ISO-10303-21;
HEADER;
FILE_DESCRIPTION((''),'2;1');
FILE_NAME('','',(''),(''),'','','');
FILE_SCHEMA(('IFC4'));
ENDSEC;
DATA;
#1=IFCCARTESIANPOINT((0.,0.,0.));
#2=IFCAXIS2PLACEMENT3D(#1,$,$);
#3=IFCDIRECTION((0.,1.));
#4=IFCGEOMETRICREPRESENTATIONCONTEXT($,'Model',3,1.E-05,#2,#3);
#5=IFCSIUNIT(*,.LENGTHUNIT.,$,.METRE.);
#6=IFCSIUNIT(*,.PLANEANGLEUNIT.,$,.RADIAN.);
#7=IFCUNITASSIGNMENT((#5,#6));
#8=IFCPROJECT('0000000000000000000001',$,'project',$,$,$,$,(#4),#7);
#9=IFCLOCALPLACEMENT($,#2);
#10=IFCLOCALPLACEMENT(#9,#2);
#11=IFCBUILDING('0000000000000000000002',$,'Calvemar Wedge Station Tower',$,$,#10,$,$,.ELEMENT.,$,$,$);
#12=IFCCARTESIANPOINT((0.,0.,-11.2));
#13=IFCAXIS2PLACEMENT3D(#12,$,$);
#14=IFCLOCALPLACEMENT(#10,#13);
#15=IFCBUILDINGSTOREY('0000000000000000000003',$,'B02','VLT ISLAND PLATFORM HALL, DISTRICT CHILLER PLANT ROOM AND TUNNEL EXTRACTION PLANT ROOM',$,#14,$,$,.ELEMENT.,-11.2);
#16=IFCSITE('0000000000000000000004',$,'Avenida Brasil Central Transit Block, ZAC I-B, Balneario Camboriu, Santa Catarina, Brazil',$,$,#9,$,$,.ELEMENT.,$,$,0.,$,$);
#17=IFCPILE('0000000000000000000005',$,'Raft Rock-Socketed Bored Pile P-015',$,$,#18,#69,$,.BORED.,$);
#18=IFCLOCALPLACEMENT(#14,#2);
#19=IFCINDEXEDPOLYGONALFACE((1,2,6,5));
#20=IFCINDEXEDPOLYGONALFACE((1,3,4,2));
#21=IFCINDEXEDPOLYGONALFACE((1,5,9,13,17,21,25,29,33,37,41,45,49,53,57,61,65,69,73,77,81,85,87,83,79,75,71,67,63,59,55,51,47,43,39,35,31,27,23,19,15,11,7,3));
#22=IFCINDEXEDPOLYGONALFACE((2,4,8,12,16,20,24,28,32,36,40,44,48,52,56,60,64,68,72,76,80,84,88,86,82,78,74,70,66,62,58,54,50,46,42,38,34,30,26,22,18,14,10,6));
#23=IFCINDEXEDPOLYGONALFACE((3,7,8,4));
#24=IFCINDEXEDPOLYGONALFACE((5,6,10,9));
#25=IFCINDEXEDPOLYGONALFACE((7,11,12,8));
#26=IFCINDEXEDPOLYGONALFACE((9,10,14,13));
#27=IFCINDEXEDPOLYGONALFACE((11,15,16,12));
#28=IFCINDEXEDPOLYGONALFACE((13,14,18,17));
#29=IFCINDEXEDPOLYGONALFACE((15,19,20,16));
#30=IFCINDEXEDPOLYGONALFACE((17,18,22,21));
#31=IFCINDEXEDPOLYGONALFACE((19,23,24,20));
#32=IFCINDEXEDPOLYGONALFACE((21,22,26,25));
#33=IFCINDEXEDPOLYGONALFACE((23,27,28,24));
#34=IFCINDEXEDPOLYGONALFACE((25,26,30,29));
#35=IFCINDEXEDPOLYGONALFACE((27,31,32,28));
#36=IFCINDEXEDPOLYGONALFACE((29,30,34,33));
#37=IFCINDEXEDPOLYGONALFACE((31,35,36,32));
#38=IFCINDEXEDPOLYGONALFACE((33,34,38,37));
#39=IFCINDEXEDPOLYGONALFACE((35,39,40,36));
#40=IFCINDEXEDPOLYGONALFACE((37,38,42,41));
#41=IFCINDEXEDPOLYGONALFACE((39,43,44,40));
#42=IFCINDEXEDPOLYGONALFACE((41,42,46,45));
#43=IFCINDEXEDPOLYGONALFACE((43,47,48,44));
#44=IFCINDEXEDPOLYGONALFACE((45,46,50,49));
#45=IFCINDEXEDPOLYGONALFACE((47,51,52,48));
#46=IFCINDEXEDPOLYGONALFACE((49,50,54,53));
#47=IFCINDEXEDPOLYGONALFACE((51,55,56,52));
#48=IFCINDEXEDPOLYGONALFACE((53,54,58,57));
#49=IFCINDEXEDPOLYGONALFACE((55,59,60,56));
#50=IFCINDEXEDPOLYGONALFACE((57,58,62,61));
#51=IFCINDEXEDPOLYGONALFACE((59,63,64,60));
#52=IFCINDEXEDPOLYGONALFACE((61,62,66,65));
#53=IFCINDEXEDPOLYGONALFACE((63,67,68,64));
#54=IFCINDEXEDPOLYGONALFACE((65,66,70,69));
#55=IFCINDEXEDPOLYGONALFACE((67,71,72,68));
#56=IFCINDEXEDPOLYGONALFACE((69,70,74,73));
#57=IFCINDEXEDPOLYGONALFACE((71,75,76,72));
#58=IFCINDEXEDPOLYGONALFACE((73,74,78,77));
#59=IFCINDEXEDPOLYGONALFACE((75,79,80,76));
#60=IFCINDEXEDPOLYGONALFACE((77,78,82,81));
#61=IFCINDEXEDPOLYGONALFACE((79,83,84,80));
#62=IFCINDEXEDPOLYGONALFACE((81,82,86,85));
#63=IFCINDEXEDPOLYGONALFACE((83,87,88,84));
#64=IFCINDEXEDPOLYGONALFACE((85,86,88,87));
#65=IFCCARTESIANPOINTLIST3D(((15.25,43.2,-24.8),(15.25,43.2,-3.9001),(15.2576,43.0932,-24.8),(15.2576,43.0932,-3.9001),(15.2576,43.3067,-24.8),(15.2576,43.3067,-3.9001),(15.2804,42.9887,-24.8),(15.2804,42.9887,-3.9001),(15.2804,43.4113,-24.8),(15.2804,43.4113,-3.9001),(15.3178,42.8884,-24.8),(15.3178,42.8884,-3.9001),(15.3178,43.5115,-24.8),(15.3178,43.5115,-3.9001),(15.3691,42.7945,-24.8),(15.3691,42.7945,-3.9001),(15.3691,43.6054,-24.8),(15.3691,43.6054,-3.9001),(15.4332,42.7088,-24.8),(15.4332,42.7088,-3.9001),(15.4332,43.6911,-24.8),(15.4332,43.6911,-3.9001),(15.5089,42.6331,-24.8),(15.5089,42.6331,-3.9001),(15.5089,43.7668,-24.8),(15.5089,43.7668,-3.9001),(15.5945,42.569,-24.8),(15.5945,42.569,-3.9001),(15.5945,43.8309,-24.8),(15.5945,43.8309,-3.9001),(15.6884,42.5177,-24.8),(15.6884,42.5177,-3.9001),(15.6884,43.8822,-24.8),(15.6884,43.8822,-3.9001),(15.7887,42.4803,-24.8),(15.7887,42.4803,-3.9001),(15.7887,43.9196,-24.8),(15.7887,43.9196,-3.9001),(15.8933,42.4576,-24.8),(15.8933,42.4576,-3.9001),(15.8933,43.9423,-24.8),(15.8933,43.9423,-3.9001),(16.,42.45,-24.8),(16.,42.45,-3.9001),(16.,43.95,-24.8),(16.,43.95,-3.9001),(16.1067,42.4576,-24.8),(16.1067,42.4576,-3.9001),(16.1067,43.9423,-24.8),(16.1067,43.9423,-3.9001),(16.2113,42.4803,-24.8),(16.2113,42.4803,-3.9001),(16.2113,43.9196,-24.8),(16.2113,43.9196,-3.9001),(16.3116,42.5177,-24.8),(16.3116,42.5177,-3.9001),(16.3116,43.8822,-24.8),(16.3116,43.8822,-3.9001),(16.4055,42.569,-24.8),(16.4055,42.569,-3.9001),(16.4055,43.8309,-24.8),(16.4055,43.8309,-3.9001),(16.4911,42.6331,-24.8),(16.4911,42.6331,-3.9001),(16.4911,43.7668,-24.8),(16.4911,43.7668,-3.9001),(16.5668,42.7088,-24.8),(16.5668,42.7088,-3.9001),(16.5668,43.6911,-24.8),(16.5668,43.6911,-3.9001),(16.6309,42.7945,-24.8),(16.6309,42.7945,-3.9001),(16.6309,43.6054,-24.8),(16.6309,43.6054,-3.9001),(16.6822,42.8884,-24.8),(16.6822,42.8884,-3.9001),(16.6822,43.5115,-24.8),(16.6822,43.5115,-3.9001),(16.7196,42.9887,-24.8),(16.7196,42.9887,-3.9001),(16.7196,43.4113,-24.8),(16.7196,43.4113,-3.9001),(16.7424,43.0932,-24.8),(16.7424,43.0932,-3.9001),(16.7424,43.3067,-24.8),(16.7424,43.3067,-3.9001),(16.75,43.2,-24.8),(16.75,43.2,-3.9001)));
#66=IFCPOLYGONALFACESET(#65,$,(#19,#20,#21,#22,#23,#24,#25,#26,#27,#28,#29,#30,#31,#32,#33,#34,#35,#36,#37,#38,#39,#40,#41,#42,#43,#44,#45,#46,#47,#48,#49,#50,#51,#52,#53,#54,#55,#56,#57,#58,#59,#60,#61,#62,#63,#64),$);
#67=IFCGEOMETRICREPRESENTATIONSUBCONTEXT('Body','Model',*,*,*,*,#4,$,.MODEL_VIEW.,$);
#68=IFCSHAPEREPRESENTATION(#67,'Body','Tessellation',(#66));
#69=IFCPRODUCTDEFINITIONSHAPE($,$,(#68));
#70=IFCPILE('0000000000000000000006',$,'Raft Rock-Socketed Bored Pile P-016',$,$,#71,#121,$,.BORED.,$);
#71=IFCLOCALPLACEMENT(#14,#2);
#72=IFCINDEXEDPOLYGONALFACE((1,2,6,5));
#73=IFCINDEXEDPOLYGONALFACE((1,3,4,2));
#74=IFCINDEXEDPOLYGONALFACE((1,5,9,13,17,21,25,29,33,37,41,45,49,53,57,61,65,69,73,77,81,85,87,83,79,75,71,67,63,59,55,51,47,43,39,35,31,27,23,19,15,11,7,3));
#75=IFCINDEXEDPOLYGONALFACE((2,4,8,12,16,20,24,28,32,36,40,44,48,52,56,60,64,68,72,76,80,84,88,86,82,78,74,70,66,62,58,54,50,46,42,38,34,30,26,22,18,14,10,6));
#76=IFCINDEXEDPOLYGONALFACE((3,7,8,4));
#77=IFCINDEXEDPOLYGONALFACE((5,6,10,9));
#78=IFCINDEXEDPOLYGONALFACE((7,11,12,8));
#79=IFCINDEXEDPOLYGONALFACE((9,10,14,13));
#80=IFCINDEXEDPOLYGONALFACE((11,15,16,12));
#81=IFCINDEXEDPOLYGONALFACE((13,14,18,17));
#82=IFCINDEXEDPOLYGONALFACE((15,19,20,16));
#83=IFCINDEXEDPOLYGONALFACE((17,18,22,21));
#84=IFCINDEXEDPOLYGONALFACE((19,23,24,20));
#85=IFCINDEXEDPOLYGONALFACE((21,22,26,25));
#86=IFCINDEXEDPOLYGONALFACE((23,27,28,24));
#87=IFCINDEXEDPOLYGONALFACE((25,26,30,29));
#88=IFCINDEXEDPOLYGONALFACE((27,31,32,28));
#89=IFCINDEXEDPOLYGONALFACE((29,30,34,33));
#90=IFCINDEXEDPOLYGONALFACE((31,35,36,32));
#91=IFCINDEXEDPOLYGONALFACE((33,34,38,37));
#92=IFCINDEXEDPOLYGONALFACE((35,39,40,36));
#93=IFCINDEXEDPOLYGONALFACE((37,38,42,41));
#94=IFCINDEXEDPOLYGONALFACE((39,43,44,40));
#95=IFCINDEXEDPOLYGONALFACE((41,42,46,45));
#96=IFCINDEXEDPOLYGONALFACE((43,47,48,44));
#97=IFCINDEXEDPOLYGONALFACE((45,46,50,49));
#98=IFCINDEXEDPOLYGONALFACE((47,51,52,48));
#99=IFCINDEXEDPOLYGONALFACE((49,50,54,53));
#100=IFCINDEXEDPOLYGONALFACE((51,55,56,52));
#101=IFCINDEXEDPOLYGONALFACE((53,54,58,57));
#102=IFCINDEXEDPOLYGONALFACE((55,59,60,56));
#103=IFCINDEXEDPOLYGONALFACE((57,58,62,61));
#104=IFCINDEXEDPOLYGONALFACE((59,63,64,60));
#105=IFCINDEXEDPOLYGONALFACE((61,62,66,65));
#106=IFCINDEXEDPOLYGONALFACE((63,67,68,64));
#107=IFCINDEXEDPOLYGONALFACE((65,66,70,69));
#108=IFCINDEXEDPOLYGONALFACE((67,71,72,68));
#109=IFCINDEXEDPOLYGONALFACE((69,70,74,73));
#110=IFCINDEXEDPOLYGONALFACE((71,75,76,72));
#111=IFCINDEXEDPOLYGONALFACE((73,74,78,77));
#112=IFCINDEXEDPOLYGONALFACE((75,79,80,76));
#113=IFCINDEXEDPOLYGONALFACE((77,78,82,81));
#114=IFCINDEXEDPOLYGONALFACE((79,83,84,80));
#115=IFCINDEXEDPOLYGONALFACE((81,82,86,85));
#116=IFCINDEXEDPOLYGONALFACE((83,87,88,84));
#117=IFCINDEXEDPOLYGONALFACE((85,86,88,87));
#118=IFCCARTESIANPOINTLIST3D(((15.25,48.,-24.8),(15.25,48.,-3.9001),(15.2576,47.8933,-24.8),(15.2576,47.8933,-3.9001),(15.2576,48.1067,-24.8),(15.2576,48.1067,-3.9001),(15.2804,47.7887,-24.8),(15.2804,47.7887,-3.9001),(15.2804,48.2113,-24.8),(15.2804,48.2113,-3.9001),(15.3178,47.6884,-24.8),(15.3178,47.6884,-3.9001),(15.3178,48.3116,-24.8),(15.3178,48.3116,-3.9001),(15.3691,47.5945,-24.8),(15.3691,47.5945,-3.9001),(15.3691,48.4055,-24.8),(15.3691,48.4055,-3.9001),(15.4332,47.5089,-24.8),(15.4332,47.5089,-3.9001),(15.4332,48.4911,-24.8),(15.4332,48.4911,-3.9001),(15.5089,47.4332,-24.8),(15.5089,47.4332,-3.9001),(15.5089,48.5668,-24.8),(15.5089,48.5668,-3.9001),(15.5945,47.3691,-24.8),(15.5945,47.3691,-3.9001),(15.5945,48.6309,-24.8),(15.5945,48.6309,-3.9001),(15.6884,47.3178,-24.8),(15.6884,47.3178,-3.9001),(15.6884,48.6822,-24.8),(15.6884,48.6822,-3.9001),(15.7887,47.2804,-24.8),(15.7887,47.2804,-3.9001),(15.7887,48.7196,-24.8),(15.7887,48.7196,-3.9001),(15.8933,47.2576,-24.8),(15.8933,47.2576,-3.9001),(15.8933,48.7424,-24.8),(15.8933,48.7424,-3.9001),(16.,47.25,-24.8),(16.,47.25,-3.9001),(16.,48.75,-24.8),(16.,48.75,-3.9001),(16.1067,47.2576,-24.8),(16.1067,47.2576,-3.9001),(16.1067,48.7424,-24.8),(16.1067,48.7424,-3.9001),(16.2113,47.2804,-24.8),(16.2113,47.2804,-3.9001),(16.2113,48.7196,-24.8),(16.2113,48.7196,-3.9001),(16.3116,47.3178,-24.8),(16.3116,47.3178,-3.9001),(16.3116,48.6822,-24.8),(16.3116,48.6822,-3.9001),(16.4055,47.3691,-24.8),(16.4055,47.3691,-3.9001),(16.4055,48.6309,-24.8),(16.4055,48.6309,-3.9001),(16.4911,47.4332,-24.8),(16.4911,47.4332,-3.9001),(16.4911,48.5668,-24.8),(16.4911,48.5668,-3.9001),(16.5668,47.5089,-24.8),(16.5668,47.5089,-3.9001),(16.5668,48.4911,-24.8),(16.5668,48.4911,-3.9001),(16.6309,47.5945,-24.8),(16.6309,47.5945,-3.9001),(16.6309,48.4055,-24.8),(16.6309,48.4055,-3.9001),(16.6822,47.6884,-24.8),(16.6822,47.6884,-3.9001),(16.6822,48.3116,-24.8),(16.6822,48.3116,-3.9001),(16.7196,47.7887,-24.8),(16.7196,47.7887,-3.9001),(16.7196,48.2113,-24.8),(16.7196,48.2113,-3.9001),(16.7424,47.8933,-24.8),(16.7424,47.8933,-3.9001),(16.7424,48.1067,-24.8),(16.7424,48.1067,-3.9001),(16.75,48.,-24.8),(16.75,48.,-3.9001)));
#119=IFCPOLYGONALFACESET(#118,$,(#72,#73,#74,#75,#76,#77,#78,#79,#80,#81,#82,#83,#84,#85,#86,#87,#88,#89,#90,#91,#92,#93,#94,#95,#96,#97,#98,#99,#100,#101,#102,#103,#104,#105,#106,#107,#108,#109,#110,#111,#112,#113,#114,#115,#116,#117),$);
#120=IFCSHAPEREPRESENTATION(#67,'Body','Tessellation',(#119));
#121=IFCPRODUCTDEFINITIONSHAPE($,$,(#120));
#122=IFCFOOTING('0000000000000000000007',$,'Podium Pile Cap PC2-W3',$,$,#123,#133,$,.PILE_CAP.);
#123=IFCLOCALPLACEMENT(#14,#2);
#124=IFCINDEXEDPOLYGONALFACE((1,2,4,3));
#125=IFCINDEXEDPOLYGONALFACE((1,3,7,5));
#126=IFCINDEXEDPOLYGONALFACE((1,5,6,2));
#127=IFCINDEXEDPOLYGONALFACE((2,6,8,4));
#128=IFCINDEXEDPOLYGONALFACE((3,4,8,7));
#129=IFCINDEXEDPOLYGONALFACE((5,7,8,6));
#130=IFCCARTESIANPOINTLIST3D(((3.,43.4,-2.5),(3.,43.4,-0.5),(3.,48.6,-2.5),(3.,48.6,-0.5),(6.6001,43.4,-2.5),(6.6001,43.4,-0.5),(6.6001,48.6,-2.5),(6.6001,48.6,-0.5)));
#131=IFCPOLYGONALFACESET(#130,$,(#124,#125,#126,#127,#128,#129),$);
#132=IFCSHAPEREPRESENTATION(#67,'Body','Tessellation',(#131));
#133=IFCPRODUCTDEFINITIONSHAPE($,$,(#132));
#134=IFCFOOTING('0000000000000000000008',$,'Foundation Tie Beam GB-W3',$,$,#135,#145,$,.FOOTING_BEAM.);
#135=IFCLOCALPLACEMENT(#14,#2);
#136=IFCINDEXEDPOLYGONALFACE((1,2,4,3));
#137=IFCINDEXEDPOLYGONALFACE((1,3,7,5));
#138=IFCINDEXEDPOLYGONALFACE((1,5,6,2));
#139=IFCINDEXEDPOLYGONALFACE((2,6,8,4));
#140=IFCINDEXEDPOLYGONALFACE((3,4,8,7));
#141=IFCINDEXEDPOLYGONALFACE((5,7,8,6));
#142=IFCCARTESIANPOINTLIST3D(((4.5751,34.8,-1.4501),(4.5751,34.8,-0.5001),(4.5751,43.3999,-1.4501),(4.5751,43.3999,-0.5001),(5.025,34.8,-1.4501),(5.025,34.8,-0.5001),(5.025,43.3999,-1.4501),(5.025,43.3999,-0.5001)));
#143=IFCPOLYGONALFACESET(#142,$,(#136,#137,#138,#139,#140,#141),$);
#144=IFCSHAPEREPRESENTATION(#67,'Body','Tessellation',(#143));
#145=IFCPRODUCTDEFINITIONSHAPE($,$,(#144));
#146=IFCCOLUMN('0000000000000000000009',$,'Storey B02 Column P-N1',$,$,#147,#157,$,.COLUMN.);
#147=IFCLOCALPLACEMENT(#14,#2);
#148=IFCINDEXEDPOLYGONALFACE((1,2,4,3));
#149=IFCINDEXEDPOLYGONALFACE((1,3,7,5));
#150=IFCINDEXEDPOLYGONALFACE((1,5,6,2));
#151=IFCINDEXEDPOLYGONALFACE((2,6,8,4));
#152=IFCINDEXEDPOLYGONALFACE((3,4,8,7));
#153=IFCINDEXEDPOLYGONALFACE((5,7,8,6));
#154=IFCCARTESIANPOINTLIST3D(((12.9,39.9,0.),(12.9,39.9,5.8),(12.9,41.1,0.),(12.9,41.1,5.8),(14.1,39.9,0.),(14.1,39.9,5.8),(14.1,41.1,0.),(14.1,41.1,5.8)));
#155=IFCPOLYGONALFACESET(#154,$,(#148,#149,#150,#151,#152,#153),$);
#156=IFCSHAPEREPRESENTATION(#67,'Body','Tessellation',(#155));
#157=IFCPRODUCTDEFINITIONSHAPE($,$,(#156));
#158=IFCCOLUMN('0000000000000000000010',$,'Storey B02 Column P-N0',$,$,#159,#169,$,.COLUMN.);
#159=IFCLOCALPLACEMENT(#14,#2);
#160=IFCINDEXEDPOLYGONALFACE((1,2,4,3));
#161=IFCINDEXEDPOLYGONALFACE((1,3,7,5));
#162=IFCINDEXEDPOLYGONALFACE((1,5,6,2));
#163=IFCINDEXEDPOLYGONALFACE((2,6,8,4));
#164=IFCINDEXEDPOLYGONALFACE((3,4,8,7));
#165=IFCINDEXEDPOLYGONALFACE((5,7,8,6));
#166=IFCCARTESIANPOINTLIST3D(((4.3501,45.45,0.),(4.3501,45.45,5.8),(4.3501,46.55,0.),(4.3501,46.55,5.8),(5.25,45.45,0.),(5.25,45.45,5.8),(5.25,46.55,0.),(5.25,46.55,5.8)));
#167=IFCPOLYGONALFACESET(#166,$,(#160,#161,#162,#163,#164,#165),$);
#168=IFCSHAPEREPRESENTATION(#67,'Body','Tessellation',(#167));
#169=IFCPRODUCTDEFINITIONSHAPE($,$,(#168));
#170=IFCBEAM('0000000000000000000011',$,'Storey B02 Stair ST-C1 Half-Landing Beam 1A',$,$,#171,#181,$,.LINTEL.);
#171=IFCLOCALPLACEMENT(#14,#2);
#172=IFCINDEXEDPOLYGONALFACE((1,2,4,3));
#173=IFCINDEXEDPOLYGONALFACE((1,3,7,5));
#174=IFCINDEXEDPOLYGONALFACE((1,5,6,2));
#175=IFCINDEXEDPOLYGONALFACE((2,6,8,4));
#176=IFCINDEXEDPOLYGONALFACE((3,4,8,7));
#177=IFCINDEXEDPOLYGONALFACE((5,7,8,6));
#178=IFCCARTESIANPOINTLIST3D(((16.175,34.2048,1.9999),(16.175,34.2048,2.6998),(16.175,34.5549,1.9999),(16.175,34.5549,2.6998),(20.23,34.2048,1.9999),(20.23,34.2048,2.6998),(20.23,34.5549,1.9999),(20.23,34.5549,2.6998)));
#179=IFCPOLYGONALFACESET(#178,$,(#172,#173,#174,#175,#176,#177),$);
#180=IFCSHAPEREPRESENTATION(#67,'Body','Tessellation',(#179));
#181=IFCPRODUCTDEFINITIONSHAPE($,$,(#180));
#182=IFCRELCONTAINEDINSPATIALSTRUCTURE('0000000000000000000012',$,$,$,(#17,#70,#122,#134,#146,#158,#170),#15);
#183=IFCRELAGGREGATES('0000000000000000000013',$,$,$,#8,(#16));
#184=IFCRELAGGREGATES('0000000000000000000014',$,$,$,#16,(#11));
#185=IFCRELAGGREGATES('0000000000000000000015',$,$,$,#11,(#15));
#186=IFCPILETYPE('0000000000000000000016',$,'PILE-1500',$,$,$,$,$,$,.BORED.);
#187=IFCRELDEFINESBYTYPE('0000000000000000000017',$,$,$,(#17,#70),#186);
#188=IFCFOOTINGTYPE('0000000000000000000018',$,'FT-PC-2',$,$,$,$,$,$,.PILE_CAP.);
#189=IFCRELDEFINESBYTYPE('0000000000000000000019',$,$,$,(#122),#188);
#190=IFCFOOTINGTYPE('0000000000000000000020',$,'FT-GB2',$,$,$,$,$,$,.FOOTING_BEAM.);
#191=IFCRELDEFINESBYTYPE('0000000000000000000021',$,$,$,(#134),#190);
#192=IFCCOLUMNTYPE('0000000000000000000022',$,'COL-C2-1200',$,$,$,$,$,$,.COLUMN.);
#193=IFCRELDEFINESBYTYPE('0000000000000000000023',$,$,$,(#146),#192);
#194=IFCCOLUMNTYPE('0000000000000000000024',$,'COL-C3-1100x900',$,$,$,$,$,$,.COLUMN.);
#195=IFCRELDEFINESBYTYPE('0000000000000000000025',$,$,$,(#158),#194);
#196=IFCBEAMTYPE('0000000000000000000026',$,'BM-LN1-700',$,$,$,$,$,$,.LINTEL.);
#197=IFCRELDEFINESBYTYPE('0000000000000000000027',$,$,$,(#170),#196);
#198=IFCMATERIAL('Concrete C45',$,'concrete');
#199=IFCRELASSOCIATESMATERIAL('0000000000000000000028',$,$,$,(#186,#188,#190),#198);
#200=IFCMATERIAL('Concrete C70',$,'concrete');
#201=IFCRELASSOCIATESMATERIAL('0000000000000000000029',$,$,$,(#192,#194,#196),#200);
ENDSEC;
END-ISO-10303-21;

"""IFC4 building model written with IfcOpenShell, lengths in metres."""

from ifc_helpers import new_model, si_unit, direction, frame, origin, origin_2d, place, context, subcontext, project, spatial, rectangle, circle, extrude, source, transform, mapped, material, material_profile, profile_set, type_object, element, save


model = new_model("IFC4")

# Units and contexts
model_context = context("Model", 3, precision=1e-05, world=origin(), true_north=direction((0.0, 1.0)))
body_context = subcontext(model_context, "Body", "Model", "MODEL_VIEW")
ifc_project = project(units=[si_unit("LENGTHUNIT", "METRE"), si_unit("PLANEANGLEUNIT", "RADIAN")], contexts=[model_context])

# Site, building, storey
site_placement = place(None, origin())
site = spatial("IfcSite", under=ifc_project, at=site_placement, Name="Avenida Brasil Central Transit Block, ZAC I-B, Balneario Camboriu, Santa Catarina, Brazil", CompositionType="ELEMENT", RefElevation=0.0)
building_placement = place(site_placement, origin())
building = spatial("IfcBuilding", under=site, at=building_placement, Name="Calvemar Wedge Station Tower", CompositionType="ELEMENT")
storey_placement = place(building_placement, frame((0.0, 0.0, -11.2)))
storey = spatial("IfcBuildingStorey", under=building, at=storey_placement, Name="B02", Description="VLT ISLAND PLATFORM HALL, DISTRICT CHILLER PLANT ROOM AND TUNNEL EXTRACTION PLANT ROOM", CompositionType="ELEMENT", Elevation=-11.2)

# Piles
ifc_material_1 = material(Name="Concrete C45", Category="concrete")
ifc_material_profile_1 = material_profile(ifc_material_1, circle(Radius=0.75, at=origin_2d()), Name="PILE-D1500")
ifc_profile_set_1 = profile_set([ifc_material_profile_1], Name="Concrete C45")
pile_type_1 = type_object("IfcPileType", Name="PILE-1500", PredefinedType="BORED", material=ifc_profile_set_1)
for number, where, z_axis, x_axis, name in (
    (1, (16.0, 43.2, -3.9001), (0.0, 0.0, -1.0), (1.0, 0.0, 0.0), "Raft Rock-Socketed Bored Pile P-015"),
    (2, (16.0, 48.0, -3.9001), (0.0, 0.0, -1.0), (1.0, 0.0, 0.0), "Raft Rock-Socketed Bored Pile P-016"),
):
    element("IfcPile", number, at=place(storey_placement, frame(where, z_axis=z_axis, x_axis=x_axis)), inside=storey, type_object=pile_type_1, Name=name, PredefinedType="BORED", context=body_context, shape_type="SweptSolid", body=[
        extrude(circle(Radius=0.75, at=origin_2d()), origin(), (0.0, 0.0, 1.0), 20.8999),
    ])

# Footings
footing_type_1 = type_object("IfcFootingType", Name="FT-PC-2", PredefinedType="PILE_CAP", material=ifc_material_1)
shared_shape_1 = source(origin(), body_context, "Body", "SweptSolid", [
    extrude(rectangle(XDim=3.6001, YDim=5.2, at=origin_2d()), origin(), (0.0, 0.0, 1.0), 2.0),
])
footing_1_placement = place(storey_placement, frame((4.8, 46.0, -2.5), z_axis=(0.0, 0.0, 1.0), x_axis=(1.0, 0.0, 0.0)))
element("IfcFooting", 3, at=footing_1_placement, inside=storey, type_object=footing_type_1, Name="Podium Pile Cap PC2-W3", PredefinedType="PILE_CAP", context=body_context, shape_type="MappedRepresentation", body=[
    mapped(shared_shape_1, transform((0.0, 0.0, 0.0), scale=1.0)),
])
ifc_material_profile_2 = material_profile(ifc_material_1, rectangle(XDim=0.45, YDim=0.95, at=origin_2d()), Name="RC450x950")
ifc_profile_set_2 = profile_set([ifc_material_profile_2], Name="Concrete C45")
footing_type_2 = type_object("IfcFootingType", Name="FT-GB2", PredefinedType="FOOTING_BEAM", material=ifc_profile_set_2)
shared_shape_2 = source(origin(), body_context, "Body", "SweptSolid", [
    extrude(rectangle(XDim=0.45, YDim=0.95, at=origin_2d()), origin(), (0.0, 0.0, 1.0), 8.5999),
])
footing_2_placement = place(storey_placement, frame((4.8, 34.8, -0.9751), z_axis=(0.0, 1.0, 0.0), x_axis=(-1.0, 0.0, 0.0)))
element("IfcFooting", 4, at=footing_2_placement, inside=storey, type_object=footing_type_2, Name="Foundation Tie Beam GB-W3", PredefinedType="FOOTING_BEAM", context=body_context, shape_type="MappedRepresentation", body=[
    mapped(shared_shape_2, transform((0.0, 0.0, 0.0), scale=1.0)),
])

# Columns
ifc_material_2 = material(Name="Concrete C70", Category="concrete")
ifc_material_profile_3 = material_profile(ifc_material_2, rectangle(XDim=1.2, YDim=1.2, at=origin_2d()), Name="RC1200x1200")
ifc_profile_set_3 = profile_set([ifc_material_profile_3], Name="Concrete C70")
column_type_1 = type_object("IfcColumnType", Name="COL-C2-1200", PredefinedType="COLUMN", material=ifc_profile_set_3)
shared_shape_3 = source(origin(), body_context, "Body", "SweptSolid", [
    extrude(rectangle(XDim=1.2, YDim=1.2, at=origin_2d()), origin(), (0.0, 0.0, 1.0), 5.8),
])
column_1_placement = place(storey_placement, frame((13.5, 40.5, 0.0), z_axis=(0.0, 0.0, 1.0), x_axis=(1.0, 0.0, 0.0)))
element("IfcColumn", 5, at=column_1_placement, inside=storey, type_object=column_type_1, Name="Storey B02 Column P-N1", PredefinedType="COLUMN", context=body_context, shape_type="MappedRepresentation", body=[
    mapped(shared_shape_3, transform((0.0, 0.0, 0.0), scale=1.0)),
])
ifc_material_profile_4 = material_profile(ifc_material_2, rectangle(XDim=0.8999, YDim=1.1001, at=origin_2d()), Name="RC1100x900")
ifc_profile_set_4 = profile_set([ifc_material_profile_4], Name="Concrete C70")
column_type_2 = type_object("IfcColumnType", Name="COL-C3-1100x900", PredefinedType="COLUMN", material=ifc_profile_set_4)
shared_shape_4 = source(origin(), body_context, "Body", "SweptSolid", [
    extrude(rectangle(XDim=0.8999, YDim=1.1001, at=origin_2d()), origin(), (0.0, 0.0, 1.0), 5.8),
])
column_2_placement = place(storey_placement, frame((4.8, 46.0, 0.0), z_axis=(0.0, 0.0, 1.0), x_axis=(1.0, 0.0, 0.0)))
element("IfcColumn", 6, at=column_2_placement, inside=storey, type_object=column_type_2, Name="Storey B02 Column P-N0", PredefinedType="COLUMN", context=body_context, shape_type="MappedRepresentation", body=[
    mapped(shared_shape_4, transform((0.0, 0.0, 0.0), scale=1.0)),
])

# Beam
ifc_material_profile_5 = material_profile(ifc_material_2, rectangle(XDim=0.3501, YDim=0.7, at=origin_2d()), Name="RC350x700")
ifc_profile_set_5 = profile_set([ifc_material_profile_5], Name="Concrete C70")
beam_type_1 = type_object("IfcBeamType", Name="BM-LN1-700", PredefinedType="LINTEL", material=ifc_profile_set_5)
shared_shape_5 = source(origin(), body_context, "Body", "SweptSolid", [
    extrude(rectangle(XDim=0.3501, YDim=0.7, at=origin_2d()), origin(), (0.0, 0.0, 1.0), 4.0549),
])
for number, where, z_axis, x_axis, name in (
    (7, (16.175, 34.3799, 2.3499), (1.0, 0.0, 0.0), (0.0, 1.0, 0.0), "Storey B02 Stair ST-C1 Half-Landing Beam 1A"),
):
    element("IfcBeam", number, at=place(storey_placement, frame(where, z_axis=z_axis, x_axis=x_axis)), inside=storey, type_object=beam_type_1, Name=name, PredefinedType="LINTEL", context=body_context, shape_type="MappedRepresentation", body=[
        mapped(shared_shape_5, transform((0.0, 0.0, 0.0), scale=1.0)),
    ])

save(model, "model.ifc")
